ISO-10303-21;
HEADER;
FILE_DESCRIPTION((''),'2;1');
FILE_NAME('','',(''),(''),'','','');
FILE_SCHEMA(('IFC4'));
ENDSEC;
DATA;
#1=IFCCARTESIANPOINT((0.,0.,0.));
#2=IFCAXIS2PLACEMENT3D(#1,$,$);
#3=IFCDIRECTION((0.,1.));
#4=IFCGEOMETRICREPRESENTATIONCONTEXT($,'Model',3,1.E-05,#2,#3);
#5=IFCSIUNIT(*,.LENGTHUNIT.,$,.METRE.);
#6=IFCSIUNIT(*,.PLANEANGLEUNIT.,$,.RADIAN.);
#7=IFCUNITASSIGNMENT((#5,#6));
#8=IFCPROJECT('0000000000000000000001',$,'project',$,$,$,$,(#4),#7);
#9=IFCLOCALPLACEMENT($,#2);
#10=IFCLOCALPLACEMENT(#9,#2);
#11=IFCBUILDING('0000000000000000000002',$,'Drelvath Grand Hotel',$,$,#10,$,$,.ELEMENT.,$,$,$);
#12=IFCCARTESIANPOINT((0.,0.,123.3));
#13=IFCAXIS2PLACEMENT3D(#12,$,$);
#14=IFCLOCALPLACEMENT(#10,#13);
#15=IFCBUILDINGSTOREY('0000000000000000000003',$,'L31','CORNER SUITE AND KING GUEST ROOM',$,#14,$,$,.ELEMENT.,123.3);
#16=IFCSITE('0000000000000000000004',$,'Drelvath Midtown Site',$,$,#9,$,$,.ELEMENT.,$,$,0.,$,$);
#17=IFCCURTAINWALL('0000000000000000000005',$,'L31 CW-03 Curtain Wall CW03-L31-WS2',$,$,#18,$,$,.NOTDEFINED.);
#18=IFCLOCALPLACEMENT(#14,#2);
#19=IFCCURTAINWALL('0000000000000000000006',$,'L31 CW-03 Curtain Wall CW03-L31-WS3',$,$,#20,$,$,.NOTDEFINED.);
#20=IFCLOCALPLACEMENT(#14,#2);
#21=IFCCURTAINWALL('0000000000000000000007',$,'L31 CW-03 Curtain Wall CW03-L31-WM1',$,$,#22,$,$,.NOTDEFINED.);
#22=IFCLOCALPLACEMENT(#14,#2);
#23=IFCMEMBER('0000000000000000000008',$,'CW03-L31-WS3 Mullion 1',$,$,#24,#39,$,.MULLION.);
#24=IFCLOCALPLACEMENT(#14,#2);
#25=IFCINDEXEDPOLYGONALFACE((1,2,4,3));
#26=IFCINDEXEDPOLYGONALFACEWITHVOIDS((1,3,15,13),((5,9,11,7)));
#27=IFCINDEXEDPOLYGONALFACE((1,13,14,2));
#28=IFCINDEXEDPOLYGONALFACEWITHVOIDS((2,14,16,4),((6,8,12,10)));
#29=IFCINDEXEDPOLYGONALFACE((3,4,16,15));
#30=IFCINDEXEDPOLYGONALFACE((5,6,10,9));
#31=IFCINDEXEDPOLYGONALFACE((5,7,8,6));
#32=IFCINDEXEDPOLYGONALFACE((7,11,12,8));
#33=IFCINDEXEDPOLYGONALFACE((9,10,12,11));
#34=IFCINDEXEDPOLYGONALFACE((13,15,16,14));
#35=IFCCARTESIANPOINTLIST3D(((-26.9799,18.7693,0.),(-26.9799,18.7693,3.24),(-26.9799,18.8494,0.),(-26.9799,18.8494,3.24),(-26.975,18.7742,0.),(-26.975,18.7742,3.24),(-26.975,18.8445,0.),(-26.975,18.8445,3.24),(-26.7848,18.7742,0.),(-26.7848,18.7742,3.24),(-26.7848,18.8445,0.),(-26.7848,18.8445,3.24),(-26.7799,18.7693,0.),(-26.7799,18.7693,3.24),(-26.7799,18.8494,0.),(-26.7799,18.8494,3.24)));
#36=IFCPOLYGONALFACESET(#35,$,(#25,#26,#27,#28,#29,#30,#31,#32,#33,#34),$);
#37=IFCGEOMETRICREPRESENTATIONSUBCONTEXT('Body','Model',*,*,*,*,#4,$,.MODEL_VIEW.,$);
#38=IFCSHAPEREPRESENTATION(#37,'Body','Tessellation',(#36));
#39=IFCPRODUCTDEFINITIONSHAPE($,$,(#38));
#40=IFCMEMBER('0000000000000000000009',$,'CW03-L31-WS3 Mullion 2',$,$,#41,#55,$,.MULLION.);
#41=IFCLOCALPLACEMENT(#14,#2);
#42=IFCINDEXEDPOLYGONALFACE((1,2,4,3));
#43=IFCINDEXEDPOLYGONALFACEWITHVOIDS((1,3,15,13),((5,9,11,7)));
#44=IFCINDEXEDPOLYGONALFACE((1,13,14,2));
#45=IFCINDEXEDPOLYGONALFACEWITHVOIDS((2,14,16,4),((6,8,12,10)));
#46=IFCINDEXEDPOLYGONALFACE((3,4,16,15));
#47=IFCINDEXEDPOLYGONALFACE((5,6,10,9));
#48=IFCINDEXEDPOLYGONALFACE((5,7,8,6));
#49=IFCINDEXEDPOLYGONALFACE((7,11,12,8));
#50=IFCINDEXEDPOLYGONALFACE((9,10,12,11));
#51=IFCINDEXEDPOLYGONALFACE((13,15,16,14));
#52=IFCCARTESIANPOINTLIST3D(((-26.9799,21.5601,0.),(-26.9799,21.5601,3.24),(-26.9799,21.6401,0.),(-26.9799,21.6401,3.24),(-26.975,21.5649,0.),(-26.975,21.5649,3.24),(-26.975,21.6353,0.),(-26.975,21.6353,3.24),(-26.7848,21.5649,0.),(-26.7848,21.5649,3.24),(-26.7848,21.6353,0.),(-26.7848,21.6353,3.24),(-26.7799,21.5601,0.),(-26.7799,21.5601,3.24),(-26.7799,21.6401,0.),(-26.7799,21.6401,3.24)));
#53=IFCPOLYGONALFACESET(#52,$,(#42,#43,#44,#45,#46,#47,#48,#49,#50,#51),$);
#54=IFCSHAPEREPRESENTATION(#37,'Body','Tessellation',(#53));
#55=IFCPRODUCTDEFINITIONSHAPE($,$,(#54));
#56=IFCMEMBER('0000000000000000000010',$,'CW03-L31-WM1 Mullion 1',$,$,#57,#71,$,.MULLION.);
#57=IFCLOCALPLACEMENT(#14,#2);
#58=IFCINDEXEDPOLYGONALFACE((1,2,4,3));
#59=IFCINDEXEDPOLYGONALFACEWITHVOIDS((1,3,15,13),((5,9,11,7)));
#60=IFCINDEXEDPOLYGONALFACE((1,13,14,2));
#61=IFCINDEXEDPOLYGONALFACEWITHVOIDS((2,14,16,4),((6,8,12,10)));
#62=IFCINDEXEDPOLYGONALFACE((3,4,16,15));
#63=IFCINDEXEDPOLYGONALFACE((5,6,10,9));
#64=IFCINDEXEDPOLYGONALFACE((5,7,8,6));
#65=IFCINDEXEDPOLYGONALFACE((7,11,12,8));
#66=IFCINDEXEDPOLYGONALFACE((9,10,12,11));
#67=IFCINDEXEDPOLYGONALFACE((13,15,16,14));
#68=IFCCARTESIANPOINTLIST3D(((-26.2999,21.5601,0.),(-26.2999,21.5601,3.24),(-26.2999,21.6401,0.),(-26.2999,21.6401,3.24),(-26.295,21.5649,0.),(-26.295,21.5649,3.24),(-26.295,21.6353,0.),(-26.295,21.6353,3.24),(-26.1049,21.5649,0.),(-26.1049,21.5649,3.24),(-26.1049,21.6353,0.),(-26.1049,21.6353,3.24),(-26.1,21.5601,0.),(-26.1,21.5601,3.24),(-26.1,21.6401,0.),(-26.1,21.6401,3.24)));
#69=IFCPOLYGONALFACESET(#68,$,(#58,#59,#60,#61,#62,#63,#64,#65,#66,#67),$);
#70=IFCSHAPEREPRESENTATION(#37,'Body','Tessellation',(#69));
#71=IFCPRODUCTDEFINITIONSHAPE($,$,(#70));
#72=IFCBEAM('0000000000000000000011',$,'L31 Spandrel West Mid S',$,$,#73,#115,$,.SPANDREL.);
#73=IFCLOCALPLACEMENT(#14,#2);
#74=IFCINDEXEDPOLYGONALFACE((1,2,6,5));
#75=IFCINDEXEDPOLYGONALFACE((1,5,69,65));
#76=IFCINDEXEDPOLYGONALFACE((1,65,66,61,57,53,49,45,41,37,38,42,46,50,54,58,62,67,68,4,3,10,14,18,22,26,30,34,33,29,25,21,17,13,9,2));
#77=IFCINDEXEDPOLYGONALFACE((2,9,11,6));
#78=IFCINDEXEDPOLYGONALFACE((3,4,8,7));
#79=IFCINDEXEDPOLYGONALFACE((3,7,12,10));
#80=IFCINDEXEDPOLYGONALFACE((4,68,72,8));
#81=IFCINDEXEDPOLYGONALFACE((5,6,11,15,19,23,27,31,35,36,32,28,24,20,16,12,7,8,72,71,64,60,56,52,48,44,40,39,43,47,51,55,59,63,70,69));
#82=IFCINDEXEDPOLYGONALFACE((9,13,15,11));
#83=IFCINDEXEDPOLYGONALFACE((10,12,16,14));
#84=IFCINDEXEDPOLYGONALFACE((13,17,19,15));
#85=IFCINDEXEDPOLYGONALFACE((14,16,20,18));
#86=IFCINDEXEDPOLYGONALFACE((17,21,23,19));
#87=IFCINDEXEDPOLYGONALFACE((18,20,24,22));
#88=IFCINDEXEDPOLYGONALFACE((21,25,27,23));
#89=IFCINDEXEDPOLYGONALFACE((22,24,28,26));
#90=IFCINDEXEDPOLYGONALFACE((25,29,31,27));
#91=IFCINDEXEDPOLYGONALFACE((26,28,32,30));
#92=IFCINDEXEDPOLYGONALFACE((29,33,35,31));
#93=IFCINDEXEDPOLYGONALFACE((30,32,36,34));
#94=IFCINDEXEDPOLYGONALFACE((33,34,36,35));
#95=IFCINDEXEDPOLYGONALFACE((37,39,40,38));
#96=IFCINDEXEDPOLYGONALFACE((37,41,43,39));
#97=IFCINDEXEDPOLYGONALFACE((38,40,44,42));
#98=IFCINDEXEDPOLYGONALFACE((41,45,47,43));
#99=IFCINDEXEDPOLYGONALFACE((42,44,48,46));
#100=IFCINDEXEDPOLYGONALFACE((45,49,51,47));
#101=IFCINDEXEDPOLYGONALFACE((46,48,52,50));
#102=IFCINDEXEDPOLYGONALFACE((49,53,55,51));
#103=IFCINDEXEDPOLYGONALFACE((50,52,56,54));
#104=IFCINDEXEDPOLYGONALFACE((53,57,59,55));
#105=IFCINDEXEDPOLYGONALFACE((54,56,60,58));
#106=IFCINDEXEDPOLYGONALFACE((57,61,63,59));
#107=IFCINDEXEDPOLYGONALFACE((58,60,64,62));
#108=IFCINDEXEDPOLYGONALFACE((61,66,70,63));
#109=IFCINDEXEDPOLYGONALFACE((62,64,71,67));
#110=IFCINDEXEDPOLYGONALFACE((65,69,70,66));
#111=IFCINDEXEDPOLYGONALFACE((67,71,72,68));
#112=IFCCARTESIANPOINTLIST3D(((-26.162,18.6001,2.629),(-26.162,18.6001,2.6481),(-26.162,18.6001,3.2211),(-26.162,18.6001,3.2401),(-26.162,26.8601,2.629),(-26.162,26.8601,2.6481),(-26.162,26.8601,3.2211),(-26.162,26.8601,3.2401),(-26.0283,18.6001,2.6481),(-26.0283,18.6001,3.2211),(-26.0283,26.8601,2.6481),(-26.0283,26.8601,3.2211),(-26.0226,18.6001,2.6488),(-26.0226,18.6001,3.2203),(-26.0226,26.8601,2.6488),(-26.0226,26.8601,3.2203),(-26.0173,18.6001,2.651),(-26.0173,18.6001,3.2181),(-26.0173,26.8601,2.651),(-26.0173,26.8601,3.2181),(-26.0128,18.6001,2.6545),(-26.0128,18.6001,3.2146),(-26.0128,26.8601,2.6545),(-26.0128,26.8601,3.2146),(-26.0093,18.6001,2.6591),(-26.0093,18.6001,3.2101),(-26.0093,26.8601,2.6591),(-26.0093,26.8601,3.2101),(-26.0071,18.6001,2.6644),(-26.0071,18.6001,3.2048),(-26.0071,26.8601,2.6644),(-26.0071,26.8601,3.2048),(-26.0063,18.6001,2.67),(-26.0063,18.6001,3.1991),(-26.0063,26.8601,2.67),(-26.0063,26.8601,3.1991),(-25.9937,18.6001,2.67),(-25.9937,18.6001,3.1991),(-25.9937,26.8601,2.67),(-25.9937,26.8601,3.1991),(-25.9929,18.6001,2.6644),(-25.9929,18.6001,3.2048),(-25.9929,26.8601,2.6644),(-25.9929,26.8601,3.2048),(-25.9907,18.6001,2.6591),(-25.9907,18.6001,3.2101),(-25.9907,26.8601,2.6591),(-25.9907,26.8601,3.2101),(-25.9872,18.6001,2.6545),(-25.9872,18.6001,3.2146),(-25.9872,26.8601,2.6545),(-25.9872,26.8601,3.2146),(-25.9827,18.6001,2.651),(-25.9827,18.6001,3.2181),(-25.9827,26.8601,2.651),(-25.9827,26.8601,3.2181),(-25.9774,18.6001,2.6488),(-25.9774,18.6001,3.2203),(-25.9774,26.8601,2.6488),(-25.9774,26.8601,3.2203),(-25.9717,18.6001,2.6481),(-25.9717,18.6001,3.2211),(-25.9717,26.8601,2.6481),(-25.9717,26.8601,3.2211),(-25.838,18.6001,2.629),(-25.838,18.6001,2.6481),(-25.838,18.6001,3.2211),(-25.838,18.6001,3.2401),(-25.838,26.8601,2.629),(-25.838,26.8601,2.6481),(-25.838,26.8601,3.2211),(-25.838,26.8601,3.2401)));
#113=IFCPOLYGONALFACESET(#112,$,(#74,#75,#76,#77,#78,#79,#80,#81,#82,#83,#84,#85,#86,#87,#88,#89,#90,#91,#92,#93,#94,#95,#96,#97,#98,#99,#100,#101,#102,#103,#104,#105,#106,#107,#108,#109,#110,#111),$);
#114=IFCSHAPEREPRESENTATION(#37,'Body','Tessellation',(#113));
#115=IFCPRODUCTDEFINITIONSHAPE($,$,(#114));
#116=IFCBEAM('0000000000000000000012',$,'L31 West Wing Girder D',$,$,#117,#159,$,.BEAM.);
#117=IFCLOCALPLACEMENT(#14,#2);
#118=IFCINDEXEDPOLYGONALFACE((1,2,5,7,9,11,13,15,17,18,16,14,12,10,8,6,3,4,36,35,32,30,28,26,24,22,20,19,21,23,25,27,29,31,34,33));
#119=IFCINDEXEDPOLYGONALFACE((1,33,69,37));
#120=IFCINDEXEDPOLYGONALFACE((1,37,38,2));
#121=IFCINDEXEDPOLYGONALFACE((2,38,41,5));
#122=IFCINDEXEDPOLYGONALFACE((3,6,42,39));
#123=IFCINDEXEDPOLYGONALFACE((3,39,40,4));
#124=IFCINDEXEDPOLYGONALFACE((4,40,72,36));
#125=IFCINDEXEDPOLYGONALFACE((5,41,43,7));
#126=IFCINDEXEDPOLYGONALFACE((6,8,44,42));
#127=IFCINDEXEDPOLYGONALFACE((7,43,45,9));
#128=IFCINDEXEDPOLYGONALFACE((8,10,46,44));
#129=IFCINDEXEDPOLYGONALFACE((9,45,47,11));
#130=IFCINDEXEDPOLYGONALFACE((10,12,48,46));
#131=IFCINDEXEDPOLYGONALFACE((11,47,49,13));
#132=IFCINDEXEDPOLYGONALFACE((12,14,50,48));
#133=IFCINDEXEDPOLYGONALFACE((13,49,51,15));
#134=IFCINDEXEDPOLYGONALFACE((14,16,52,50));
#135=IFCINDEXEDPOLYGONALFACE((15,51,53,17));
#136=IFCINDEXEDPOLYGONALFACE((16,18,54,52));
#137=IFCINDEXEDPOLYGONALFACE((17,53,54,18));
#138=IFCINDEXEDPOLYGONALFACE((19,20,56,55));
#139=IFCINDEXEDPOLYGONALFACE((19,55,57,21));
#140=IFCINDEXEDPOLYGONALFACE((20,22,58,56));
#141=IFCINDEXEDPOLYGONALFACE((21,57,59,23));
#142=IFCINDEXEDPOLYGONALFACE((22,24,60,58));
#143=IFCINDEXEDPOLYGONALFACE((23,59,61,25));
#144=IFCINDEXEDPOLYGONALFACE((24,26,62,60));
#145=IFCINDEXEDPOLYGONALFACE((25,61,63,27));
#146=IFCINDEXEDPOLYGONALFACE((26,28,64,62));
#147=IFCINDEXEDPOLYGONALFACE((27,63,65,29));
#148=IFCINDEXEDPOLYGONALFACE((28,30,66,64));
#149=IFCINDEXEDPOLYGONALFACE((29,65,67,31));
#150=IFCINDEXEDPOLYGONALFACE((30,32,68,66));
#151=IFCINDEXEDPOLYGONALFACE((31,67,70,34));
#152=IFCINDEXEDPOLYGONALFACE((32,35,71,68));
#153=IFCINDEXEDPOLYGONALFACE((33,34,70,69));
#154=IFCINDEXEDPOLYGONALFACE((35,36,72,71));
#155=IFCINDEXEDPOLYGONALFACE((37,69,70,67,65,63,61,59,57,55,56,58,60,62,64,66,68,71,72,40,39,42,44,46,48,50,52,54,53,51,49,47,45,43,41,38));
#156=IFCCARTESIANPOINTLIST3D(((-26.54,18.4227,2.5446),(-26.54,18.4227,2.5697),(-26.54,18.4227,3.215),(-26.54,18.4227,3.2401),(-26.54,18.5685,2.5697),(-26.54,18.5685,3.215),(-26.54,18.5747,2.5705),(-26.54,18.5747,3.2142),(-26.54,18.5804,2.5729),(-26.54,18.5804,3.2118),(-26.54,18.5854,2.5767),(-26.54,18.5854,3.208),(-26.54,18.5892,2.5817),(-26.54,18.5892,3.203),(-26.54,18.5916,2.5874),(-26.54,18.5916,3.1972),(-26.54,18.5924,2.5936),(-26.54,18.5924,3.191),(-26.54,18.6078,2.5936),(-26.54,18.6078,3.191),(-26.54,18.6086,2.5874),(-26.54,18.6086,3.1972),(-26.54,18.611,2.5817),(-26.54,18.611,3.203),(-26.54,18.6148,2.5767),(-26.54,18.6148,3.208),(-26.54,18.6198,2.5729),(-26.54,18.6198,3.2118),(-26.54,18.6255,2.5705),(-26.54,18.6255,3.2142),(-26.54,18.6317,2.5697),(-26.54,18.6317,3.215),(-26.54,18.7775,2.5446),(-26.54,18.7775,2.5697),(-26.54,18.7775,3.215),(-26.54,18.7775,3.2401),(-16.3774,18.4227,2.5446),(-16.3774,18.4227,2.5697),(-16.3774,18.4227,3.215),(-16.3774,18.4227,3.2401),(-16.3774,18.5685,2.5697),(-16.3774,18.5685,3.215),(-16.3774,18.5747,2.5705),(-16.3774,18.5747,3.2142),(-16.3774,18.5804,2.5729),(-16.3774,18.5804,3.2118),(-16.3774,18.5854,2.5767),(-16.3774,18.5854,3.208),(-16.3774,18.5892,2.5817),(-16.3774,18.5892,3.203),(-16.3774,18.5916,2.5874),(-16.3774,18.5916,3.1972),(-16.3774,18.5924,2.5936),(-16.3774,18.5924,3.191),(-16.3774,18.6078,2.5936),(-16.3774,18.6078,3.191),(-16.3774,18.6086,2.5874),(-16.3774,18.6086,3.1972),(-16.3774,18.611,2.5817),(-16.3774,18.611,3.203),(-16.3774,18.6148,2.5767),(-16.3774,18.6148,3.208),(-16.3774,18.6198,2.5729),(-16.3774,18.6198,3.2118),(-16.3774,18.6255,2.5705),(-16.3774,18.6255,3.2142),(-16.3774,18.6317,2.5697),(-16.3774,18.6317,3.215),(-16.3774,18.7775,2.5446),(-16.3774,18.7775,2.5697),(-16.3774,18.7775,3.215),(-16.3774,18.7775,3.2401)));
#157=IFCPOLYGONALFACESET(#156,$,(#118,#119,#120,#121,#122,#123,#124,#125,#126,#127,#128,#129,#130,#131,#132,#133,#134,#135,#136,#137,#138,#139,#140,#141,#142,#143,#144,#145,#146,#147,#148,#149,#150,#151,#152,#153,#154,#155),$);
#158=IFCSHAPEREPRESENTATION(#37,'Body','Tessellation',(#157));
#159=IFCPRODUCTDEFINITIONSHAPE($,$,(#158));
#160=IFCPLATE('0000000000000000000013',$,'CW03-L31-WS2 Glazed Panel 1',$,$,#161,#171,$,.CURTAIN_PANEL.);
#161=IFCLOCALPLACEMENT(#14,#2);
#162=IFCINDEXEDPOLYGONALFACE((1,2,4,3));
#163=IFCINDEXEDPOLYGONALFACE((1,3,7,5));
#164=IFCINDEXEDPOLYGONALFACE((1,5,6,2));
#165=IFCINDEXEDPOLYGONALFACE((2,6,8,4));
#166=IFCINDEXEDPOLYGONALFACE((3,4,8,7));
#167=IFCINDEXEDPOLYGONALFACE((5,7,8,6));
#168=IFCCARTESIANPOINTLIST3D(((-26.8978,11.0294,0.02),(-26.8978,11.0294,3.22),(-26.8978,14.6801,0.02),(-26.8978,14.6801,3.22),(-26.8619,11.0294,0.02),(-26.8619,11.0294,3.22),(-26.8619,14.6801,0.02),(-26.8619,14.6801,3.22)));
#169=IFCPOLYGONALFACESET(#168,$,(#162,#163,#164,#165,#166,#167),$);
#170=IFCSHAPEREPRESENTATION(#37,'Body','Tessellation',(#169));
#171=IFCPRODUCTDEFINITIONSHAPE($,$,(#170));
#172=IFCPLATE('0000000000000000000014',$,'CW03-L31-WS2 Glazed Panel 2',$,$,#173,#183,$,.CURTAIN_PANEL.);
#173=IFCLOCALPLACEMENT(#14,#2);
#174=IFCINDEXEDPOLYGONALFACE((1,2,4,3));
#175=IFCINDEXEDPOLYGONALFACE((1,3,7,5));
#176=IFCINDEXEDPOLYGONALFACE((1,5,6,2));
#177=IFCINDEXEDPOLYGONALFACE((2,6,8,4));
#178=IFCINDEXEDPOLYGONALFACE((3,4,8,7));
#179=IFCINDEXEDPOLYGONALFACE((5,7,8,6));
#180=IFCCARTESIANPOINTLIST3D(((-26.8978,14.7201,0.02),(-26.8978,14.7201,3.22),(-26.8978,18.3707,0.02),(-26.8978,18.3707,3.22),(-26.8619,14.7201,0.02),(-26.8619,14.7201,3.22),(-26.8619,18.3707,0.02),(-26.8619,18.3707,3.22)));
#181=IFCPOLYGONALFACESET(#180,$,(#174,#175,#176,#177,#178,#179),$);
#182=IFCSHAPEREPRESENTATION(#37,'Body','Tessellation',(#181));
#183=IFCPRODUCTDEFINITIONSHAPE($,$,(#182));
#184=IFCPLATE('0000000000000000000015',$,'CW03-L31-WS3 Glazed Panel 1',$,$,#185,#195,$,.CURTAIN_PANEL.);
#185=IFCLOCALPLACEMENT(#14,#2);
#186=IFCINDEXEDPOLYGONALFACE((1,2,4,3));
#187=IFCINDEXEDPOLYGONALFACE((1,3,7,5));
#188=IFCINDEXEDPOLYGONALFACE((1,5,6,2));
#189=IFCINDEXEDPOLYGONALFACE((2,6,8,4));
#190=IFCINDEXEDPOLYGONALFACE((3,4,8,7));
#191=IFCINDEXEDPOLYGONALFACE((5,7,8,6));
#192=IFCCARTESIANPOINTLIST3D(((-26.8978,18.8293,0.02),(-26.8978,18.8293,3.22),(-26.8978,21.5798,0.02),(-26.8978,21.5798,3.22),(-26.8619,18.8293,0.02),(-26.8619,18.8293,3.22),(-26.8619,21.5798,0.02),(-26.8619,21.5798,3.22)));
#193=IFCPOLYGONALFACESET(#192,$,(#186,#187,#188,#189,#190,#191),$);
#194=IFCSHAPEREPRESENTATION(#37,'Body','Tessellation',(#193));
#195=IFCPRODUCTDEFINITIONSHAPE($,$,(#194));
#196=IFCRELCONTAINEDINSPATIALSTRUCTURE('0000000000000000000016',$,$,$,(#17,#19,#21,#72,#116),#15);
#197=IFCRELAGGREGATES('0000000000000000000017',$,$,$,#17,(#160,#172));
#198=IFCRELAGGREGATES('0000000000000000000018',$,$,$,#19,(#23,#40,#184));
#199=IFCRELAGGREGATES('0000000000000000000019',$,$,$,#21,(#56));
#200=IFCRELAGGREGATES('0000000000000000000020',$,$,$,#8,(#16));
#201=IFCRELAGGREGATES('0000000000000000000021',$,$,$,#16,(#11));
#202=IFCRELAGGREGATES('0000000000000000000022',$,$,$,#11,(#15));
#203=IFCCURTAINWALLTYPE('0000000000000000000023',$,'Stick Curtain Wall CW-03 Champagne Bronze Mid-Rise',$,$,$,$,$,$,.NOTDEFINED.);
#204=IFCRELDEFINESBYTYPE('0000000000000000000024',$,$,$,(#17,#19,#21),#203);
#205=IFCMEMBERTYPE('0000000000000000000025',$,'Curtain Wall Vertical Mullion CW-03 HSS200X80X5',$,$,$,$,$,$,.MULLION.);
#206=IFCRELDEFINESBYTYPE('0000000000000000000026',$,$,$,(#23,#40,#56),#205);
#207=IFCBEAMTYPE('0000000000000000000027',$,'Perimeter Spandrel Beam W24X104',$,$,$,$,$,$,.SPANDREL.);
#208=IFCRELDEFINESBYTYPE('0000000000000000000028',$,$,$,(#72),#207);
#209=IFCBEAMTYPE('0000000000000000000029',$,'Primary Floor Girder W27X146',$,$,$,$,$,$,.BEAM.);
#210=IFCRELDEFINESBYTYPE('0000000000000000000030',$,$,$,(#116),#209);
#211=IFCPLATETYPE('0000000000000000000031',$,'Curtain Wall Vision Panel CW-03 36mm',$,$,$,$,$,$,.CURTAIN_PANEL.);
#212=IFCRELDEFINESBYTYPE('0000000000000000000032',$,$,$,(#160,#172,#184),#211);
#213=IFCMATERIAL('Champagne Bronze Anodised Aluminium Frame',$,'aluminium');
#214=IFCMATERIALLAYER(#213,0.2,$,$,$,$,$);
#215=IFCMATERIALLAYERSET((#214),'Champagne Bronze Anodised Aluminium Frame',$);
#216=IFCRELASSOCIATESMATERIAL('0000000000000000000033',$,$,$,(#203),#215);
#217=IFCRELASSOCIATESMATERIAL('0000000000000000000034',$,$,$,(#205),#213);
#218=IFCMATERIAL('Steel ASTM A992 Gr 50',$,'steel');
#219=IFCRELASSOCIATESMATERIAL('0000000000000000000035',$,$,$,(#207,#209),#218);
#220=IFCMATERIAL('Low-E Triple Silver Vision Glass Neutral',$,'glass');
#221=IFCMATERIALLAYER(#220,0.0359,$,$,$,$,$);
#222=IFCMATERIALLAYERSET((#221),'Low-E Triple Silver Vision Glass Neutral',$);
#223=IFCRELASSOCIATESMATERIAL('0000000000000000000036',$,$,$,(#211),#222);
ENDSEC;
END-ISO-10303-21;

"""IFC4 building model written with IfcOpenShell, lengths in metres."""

from ifc_helpers import new_model, si_unit, direction, frame, origin, origin_2d, place, context, subcontext, project, spatial, rectangle, hollow_rectangle, i_section, extrude, material, layer, layer_set, material_profile, profile_set, type_object, element, aggregate, save


model = new_model("IFC4")

# Units and contexts
model_context = context("Model", 3, precision=1e-05, world=origin(), true_north=direction((0.0, 1.0)))
body_context = subcontext(model_context, "Body", "Model", "MODEL_VIEW")
ifc_project = project(units=[si_unit("LENGTHUNIT", "METRE"), si_unit("PLANEANGLEUNIT", "RADIAN")], contexts=[model_context])

# Site, building, storey
site_placement = place(None, origin())
site = spatial("IfcSite", under=ifc_project, at=site_placement, Name="Drelvath Midtown Site", CompositionType="ELEMENT", RefElevation=0.0)
building_placement = place(site_placement, origin())
building = spatial("IfcBuilding", under=site, at=building_placement, Name="Drelvath Grand Hotel", CompositionType="ELEMENT")
storey_placement = place(building_placement, frame((0.0, 0.0, 123.3)))
storey = spatial("IfcBuildingStorey", under=building, at=storey_placement, Name="L31", Description="CORNER SUITE AND KING GUEST ROOM", CompositionType="ELEMENT", Elevation=123.3)

# Shared definitions
ifc_material_1 = material(Name="Steel ASTM A992 Gr 50", Category="steel")

# Curtain walls
ifc_material_2 = material(Name="Champagne Bronze Anodised Aluminium Frame", Category="aluminium")
ifc_layer_1 = layer(ifc_material_2, 0.2)
ifc_layer_set_1 = layer_set([ifc_layer_1], Name="Champagne Bronze Anodised Aluminium Frame")
curtain_wall_type = type_object("IfcCurtainWallType", Name="Stick Curtain Wall CW-03 Champagne Bronze Mid-Rise", PredefinedType="NOTDEFINED", material=ifc_layer_set_1)
curtain_wall_1_placement = place(storey_placement, origin())
curtain_wall_1 = element("IfcCurtainWall", 1, at=curtain_wall_1_placement, inside=storey, type_object=curtain_wall_type, Name="L31 CW-03 Curtain Wall CW03-L31-WS2", PredefinedType="NOTDEFINED")
curtain_wall_2_placement = place(storey_placement, origin())
curtain_wall_2 = element("IfcCurtainWall", 2, at=curtain_wall_2_placement, inside=storey, type_object=curtain_wall_type, Name="L31 CW-03 Curtain Wall CW03-L31-WS3", PredefinedType="NOTDEFINED")
curtain_wall_3_placement = place(storey_placement, origin())
curtain_wall_3 = element("IfcCurtainWall", 3, at=curtain_wall_3_placement, inside=storey, type_object=curtain_wall_type, Name="L31 CW-03 Curtain Wall CW03-L31-WM1", PredefinedType="NOTDEFINED")

# Members
ifc_material_profile_1 = material_profile(ifc_material_2, hollow_rectangle(XDim=0.0801, YDim=0.2, WallThickness=0.0049, at=origin_2d()), Name="HSS200X80X5")
ifc_profile_set_1 = profile_set([ifc_material_profile_1], Name="Champagne Bronze Anodised Aluminium Frame")
member_type_1 = type_object("IfcMemberType", Name="Curtain Wall Vertical Mullion CW-03 HSS200X80X5", PredefinedType="MULLION", material=ifc_profile_set_1)
member_1_placement = place(storey_placement, frame((-26.8799, 18.8093, 0.0), z_axis=(0.0, 0.0, 1.0), x_axis=(0.0, 1.0, 0.0)))
member_1 = element("IfcMember", 4, at=member_1_placement, type_object=member_type_1, Name="CW03-L31-WS3 Mullion 1", PredefinedType="MULLION", context=body_context, shape_type="SweptSolid", body=[
    extrude(hollow_rectangle(XDim=0.0801, YDim=0.2, WallThickness=0.0049, at=origin_2d()), origin(), (0.0, 0.0, 1.0), 3.24),
])
member_2_placement = place(storey_placement, frame((-26.8799, 21.6001, 0.0), z_axis=(0.0, 0.0, 1.0), x_axis=(0.0, 1.0, 0.0)))
member_2 = element("IfcMember", 5, at=member_2_placement, type_object=member_type_1, Name="CW03-L31-WS3 Mullion 2", PredefinedType="MULLION", context=body_context, shape_type="SweptSolid", body=[
    extrude(hollow_rectangle(XDim=0.0801, YDim=0.2, WallThickness=0.0049, at=origin_2d()), origin(), (0.0, 0.0, 1.0), 3.24),
])
member_3_placement = place(storey_placement, frame((-26.2, 21.6001, 0.0), z_axis=(0.0, 0.0, 1.0), x_axis=(0.0, 1.0, 0.0)))
member_3 = element("IfcMember", 6, at=member_3_placement, type_object=member_type_1, Name="CW03-L31-WM1 Mullion 1", PredefinedType="MULLION", context=body_context, shape_type="SweptSolid", body=[
    extrude(hollow_rectangle(XDim=0.0801, YDim=0.2, WallThickness=0.0049, at=origin_2d()), origin(), (0.0, 0.0, 1.0), 3.24),
])

# Beams
ifc_material_profile_2 = material_profile(ifc_material_1, i_section(OverallWidth=0.324, OverallDepth=0.6111, WebThickness=0.0127, FlangeThickness=0.019, FilletRadius=0.022, at=origin_2d()), Name="W24X104")
ifc_profile_set_2 = profile_set([ifc_material_profile_2], Name="Steel ASTM A992 Gr 50")
beam_type_1 = type_object("IfcBeamType", Name="Perimeter Spandrel Beam W24X104", PredefinedType="SPANDREL", material=ifc_profile_set_2)
beam_1_placement = place(storey_placement, frame((-26.0, 18.6001, 2.9346), z_axis=(0.0, 1.0, 0.0), x_axis=(-1.0, 0.0, 0.0)))
element("IfcBeam", 7, at=beam_1_placement, inside=storey, type_object=beam_type_1, Name="L31 Spandrel West Mid S", PredefinedType="SPANDREL", context=body_context, shape_type="SweptSolid", body=[
    extrude(i_section(OverallWidth=0.324, OverallDepth=0.6111, WebThickness=0.0127, FlangeThickness=0.019, FilletRadius=0.022, at=origin_2d()), origin(), (0.0, 0.0, 1.0), 8.26),
])
ifc_material_profile_3 = material_profile(ifc_material_1, i_section(OverallWidth=0.3547, OverallDepth=0.6956, WebThickness=0.0154, FlangeThickness=0.0251, FilletRadius=0.0239, at=origin_2d()), Name="W27X146")
ifc_profile_set_3 = profile_set([ifc_material_profile_3], Name="Steel ASTM A992 Gr 50")
beam_type_2 = type_object("IfcBeamType", Name="Primary Floor Girder W27X146", PredefinedType="BEAM", material=ifc_profile_set_3)
beam_2_placement = place(storey_placement, frame((-26.54, 18.6001, 2.8923), z_axis=(1.0, 0.0, 0.0), x_axis=(0.0, 1.0, 0.0)))
element("IfcBeam", 8, at=beam_2_placement, inside=storey, type_object=beam_type_2, Name="L31 West Wing Girder D", PredefinedType="BEAM", context=body_context, shape_type="SweptSolid", body=[
    extrude(i_section(OverallWidth=0.3547, OverallDepth=0.6956, WebThickness=0.0154, FlangeThickness=0.0251, FilletRadius=0.0239, at=origin_2d()), origin(), (0.0, 0.0, 1.0), 10.1626),
])

# Plates
ifc_material_3 = material(Name="Low-E Triple Silver Vision Glass Neutral", Category="glass")
ifc_layer_2 = layer(ifc_material_3, 0.0359)
ifc_layer_set_2 = layer_set([ifc_layer_2], Name="Low-E Triple Silver Vision Glass Neutral")
plate_type = type_object("IfcPlateType", Name="Curtain Wall Vision Panel CW-03 36mm", PredefinedType="CURTAIN_PANEL", material=ifc_layer_set_2)
plate_1_placement = place(storey_placement, frame((-26.8799, 12.8547, 0.02), z_axis=(0.0, 0.0, 1.0), x_axis=(0.0, 1.0, 0.0)))
plate_1 = element("IfcPlate", 9, at=plate_1_placement, type_object=plate_type, Name="CW03-L31-WS2 Glazed Panel 1", PredefinedType="CURTAIN_PANEL", context=body_context, shape_type="SweptSolid", body=[
    extrude(rectangle(XDim=3.6506, YDim=0.0359, at=origin_2d()), origin(), (0.0, 0.0, 1.0), 3.2),
])
plate_2_placement = place(storey_placement, frame((-26.8799, 16.5454, 0.02), z_axis=(0.0, 0.0, 1.0), x_axis=(0.0, 1.0, 0.0)))
plate_2 = element("IfcPlate", 10, at=plate_2_placement, type_object=plate_type, Name="CW03-L31-WS2 Glazed Panel 2", PredefinedType="CURTAIN_PANEL", context=body_context, shape_type="SweptSolid", body=[
    extrude(rectangle(XDim=3.6506, YDim=0.0359, at=origin_2d()), origin(), (0.0, 0.0, 1.0), 3.2),
])
aggregate(curtain_wall_1, [plate_1, plate_2])
plate_3_placement = place(storey_placement, frame((-26.8799, 20.2046, 0.02), z_axis=(0.0, 0.0, 1.0), x_axis=(0.0, 1.0, 0.0)))
plate_3 = element("IfcPlate", 11, at=plate_3_placement, type_object=plate_type, Name="CW03-L31-WS3 Glazed Panel 1", PredefinedType="CURTAIN_PANEL", context=body_context, shape_type="SweptSolid", body=[
    extrude(rectangle(XDim=2.7505, YDim=0.0359, at=origin_2d()), origin(), (0.0, 0.0, 1.0), 3.2),
])
aggregate(curtain_wall_2, [member_1, member_2, plate_3])
aggregate(curtain_wall_3, [member_3])

save(model, "model.ifc")
